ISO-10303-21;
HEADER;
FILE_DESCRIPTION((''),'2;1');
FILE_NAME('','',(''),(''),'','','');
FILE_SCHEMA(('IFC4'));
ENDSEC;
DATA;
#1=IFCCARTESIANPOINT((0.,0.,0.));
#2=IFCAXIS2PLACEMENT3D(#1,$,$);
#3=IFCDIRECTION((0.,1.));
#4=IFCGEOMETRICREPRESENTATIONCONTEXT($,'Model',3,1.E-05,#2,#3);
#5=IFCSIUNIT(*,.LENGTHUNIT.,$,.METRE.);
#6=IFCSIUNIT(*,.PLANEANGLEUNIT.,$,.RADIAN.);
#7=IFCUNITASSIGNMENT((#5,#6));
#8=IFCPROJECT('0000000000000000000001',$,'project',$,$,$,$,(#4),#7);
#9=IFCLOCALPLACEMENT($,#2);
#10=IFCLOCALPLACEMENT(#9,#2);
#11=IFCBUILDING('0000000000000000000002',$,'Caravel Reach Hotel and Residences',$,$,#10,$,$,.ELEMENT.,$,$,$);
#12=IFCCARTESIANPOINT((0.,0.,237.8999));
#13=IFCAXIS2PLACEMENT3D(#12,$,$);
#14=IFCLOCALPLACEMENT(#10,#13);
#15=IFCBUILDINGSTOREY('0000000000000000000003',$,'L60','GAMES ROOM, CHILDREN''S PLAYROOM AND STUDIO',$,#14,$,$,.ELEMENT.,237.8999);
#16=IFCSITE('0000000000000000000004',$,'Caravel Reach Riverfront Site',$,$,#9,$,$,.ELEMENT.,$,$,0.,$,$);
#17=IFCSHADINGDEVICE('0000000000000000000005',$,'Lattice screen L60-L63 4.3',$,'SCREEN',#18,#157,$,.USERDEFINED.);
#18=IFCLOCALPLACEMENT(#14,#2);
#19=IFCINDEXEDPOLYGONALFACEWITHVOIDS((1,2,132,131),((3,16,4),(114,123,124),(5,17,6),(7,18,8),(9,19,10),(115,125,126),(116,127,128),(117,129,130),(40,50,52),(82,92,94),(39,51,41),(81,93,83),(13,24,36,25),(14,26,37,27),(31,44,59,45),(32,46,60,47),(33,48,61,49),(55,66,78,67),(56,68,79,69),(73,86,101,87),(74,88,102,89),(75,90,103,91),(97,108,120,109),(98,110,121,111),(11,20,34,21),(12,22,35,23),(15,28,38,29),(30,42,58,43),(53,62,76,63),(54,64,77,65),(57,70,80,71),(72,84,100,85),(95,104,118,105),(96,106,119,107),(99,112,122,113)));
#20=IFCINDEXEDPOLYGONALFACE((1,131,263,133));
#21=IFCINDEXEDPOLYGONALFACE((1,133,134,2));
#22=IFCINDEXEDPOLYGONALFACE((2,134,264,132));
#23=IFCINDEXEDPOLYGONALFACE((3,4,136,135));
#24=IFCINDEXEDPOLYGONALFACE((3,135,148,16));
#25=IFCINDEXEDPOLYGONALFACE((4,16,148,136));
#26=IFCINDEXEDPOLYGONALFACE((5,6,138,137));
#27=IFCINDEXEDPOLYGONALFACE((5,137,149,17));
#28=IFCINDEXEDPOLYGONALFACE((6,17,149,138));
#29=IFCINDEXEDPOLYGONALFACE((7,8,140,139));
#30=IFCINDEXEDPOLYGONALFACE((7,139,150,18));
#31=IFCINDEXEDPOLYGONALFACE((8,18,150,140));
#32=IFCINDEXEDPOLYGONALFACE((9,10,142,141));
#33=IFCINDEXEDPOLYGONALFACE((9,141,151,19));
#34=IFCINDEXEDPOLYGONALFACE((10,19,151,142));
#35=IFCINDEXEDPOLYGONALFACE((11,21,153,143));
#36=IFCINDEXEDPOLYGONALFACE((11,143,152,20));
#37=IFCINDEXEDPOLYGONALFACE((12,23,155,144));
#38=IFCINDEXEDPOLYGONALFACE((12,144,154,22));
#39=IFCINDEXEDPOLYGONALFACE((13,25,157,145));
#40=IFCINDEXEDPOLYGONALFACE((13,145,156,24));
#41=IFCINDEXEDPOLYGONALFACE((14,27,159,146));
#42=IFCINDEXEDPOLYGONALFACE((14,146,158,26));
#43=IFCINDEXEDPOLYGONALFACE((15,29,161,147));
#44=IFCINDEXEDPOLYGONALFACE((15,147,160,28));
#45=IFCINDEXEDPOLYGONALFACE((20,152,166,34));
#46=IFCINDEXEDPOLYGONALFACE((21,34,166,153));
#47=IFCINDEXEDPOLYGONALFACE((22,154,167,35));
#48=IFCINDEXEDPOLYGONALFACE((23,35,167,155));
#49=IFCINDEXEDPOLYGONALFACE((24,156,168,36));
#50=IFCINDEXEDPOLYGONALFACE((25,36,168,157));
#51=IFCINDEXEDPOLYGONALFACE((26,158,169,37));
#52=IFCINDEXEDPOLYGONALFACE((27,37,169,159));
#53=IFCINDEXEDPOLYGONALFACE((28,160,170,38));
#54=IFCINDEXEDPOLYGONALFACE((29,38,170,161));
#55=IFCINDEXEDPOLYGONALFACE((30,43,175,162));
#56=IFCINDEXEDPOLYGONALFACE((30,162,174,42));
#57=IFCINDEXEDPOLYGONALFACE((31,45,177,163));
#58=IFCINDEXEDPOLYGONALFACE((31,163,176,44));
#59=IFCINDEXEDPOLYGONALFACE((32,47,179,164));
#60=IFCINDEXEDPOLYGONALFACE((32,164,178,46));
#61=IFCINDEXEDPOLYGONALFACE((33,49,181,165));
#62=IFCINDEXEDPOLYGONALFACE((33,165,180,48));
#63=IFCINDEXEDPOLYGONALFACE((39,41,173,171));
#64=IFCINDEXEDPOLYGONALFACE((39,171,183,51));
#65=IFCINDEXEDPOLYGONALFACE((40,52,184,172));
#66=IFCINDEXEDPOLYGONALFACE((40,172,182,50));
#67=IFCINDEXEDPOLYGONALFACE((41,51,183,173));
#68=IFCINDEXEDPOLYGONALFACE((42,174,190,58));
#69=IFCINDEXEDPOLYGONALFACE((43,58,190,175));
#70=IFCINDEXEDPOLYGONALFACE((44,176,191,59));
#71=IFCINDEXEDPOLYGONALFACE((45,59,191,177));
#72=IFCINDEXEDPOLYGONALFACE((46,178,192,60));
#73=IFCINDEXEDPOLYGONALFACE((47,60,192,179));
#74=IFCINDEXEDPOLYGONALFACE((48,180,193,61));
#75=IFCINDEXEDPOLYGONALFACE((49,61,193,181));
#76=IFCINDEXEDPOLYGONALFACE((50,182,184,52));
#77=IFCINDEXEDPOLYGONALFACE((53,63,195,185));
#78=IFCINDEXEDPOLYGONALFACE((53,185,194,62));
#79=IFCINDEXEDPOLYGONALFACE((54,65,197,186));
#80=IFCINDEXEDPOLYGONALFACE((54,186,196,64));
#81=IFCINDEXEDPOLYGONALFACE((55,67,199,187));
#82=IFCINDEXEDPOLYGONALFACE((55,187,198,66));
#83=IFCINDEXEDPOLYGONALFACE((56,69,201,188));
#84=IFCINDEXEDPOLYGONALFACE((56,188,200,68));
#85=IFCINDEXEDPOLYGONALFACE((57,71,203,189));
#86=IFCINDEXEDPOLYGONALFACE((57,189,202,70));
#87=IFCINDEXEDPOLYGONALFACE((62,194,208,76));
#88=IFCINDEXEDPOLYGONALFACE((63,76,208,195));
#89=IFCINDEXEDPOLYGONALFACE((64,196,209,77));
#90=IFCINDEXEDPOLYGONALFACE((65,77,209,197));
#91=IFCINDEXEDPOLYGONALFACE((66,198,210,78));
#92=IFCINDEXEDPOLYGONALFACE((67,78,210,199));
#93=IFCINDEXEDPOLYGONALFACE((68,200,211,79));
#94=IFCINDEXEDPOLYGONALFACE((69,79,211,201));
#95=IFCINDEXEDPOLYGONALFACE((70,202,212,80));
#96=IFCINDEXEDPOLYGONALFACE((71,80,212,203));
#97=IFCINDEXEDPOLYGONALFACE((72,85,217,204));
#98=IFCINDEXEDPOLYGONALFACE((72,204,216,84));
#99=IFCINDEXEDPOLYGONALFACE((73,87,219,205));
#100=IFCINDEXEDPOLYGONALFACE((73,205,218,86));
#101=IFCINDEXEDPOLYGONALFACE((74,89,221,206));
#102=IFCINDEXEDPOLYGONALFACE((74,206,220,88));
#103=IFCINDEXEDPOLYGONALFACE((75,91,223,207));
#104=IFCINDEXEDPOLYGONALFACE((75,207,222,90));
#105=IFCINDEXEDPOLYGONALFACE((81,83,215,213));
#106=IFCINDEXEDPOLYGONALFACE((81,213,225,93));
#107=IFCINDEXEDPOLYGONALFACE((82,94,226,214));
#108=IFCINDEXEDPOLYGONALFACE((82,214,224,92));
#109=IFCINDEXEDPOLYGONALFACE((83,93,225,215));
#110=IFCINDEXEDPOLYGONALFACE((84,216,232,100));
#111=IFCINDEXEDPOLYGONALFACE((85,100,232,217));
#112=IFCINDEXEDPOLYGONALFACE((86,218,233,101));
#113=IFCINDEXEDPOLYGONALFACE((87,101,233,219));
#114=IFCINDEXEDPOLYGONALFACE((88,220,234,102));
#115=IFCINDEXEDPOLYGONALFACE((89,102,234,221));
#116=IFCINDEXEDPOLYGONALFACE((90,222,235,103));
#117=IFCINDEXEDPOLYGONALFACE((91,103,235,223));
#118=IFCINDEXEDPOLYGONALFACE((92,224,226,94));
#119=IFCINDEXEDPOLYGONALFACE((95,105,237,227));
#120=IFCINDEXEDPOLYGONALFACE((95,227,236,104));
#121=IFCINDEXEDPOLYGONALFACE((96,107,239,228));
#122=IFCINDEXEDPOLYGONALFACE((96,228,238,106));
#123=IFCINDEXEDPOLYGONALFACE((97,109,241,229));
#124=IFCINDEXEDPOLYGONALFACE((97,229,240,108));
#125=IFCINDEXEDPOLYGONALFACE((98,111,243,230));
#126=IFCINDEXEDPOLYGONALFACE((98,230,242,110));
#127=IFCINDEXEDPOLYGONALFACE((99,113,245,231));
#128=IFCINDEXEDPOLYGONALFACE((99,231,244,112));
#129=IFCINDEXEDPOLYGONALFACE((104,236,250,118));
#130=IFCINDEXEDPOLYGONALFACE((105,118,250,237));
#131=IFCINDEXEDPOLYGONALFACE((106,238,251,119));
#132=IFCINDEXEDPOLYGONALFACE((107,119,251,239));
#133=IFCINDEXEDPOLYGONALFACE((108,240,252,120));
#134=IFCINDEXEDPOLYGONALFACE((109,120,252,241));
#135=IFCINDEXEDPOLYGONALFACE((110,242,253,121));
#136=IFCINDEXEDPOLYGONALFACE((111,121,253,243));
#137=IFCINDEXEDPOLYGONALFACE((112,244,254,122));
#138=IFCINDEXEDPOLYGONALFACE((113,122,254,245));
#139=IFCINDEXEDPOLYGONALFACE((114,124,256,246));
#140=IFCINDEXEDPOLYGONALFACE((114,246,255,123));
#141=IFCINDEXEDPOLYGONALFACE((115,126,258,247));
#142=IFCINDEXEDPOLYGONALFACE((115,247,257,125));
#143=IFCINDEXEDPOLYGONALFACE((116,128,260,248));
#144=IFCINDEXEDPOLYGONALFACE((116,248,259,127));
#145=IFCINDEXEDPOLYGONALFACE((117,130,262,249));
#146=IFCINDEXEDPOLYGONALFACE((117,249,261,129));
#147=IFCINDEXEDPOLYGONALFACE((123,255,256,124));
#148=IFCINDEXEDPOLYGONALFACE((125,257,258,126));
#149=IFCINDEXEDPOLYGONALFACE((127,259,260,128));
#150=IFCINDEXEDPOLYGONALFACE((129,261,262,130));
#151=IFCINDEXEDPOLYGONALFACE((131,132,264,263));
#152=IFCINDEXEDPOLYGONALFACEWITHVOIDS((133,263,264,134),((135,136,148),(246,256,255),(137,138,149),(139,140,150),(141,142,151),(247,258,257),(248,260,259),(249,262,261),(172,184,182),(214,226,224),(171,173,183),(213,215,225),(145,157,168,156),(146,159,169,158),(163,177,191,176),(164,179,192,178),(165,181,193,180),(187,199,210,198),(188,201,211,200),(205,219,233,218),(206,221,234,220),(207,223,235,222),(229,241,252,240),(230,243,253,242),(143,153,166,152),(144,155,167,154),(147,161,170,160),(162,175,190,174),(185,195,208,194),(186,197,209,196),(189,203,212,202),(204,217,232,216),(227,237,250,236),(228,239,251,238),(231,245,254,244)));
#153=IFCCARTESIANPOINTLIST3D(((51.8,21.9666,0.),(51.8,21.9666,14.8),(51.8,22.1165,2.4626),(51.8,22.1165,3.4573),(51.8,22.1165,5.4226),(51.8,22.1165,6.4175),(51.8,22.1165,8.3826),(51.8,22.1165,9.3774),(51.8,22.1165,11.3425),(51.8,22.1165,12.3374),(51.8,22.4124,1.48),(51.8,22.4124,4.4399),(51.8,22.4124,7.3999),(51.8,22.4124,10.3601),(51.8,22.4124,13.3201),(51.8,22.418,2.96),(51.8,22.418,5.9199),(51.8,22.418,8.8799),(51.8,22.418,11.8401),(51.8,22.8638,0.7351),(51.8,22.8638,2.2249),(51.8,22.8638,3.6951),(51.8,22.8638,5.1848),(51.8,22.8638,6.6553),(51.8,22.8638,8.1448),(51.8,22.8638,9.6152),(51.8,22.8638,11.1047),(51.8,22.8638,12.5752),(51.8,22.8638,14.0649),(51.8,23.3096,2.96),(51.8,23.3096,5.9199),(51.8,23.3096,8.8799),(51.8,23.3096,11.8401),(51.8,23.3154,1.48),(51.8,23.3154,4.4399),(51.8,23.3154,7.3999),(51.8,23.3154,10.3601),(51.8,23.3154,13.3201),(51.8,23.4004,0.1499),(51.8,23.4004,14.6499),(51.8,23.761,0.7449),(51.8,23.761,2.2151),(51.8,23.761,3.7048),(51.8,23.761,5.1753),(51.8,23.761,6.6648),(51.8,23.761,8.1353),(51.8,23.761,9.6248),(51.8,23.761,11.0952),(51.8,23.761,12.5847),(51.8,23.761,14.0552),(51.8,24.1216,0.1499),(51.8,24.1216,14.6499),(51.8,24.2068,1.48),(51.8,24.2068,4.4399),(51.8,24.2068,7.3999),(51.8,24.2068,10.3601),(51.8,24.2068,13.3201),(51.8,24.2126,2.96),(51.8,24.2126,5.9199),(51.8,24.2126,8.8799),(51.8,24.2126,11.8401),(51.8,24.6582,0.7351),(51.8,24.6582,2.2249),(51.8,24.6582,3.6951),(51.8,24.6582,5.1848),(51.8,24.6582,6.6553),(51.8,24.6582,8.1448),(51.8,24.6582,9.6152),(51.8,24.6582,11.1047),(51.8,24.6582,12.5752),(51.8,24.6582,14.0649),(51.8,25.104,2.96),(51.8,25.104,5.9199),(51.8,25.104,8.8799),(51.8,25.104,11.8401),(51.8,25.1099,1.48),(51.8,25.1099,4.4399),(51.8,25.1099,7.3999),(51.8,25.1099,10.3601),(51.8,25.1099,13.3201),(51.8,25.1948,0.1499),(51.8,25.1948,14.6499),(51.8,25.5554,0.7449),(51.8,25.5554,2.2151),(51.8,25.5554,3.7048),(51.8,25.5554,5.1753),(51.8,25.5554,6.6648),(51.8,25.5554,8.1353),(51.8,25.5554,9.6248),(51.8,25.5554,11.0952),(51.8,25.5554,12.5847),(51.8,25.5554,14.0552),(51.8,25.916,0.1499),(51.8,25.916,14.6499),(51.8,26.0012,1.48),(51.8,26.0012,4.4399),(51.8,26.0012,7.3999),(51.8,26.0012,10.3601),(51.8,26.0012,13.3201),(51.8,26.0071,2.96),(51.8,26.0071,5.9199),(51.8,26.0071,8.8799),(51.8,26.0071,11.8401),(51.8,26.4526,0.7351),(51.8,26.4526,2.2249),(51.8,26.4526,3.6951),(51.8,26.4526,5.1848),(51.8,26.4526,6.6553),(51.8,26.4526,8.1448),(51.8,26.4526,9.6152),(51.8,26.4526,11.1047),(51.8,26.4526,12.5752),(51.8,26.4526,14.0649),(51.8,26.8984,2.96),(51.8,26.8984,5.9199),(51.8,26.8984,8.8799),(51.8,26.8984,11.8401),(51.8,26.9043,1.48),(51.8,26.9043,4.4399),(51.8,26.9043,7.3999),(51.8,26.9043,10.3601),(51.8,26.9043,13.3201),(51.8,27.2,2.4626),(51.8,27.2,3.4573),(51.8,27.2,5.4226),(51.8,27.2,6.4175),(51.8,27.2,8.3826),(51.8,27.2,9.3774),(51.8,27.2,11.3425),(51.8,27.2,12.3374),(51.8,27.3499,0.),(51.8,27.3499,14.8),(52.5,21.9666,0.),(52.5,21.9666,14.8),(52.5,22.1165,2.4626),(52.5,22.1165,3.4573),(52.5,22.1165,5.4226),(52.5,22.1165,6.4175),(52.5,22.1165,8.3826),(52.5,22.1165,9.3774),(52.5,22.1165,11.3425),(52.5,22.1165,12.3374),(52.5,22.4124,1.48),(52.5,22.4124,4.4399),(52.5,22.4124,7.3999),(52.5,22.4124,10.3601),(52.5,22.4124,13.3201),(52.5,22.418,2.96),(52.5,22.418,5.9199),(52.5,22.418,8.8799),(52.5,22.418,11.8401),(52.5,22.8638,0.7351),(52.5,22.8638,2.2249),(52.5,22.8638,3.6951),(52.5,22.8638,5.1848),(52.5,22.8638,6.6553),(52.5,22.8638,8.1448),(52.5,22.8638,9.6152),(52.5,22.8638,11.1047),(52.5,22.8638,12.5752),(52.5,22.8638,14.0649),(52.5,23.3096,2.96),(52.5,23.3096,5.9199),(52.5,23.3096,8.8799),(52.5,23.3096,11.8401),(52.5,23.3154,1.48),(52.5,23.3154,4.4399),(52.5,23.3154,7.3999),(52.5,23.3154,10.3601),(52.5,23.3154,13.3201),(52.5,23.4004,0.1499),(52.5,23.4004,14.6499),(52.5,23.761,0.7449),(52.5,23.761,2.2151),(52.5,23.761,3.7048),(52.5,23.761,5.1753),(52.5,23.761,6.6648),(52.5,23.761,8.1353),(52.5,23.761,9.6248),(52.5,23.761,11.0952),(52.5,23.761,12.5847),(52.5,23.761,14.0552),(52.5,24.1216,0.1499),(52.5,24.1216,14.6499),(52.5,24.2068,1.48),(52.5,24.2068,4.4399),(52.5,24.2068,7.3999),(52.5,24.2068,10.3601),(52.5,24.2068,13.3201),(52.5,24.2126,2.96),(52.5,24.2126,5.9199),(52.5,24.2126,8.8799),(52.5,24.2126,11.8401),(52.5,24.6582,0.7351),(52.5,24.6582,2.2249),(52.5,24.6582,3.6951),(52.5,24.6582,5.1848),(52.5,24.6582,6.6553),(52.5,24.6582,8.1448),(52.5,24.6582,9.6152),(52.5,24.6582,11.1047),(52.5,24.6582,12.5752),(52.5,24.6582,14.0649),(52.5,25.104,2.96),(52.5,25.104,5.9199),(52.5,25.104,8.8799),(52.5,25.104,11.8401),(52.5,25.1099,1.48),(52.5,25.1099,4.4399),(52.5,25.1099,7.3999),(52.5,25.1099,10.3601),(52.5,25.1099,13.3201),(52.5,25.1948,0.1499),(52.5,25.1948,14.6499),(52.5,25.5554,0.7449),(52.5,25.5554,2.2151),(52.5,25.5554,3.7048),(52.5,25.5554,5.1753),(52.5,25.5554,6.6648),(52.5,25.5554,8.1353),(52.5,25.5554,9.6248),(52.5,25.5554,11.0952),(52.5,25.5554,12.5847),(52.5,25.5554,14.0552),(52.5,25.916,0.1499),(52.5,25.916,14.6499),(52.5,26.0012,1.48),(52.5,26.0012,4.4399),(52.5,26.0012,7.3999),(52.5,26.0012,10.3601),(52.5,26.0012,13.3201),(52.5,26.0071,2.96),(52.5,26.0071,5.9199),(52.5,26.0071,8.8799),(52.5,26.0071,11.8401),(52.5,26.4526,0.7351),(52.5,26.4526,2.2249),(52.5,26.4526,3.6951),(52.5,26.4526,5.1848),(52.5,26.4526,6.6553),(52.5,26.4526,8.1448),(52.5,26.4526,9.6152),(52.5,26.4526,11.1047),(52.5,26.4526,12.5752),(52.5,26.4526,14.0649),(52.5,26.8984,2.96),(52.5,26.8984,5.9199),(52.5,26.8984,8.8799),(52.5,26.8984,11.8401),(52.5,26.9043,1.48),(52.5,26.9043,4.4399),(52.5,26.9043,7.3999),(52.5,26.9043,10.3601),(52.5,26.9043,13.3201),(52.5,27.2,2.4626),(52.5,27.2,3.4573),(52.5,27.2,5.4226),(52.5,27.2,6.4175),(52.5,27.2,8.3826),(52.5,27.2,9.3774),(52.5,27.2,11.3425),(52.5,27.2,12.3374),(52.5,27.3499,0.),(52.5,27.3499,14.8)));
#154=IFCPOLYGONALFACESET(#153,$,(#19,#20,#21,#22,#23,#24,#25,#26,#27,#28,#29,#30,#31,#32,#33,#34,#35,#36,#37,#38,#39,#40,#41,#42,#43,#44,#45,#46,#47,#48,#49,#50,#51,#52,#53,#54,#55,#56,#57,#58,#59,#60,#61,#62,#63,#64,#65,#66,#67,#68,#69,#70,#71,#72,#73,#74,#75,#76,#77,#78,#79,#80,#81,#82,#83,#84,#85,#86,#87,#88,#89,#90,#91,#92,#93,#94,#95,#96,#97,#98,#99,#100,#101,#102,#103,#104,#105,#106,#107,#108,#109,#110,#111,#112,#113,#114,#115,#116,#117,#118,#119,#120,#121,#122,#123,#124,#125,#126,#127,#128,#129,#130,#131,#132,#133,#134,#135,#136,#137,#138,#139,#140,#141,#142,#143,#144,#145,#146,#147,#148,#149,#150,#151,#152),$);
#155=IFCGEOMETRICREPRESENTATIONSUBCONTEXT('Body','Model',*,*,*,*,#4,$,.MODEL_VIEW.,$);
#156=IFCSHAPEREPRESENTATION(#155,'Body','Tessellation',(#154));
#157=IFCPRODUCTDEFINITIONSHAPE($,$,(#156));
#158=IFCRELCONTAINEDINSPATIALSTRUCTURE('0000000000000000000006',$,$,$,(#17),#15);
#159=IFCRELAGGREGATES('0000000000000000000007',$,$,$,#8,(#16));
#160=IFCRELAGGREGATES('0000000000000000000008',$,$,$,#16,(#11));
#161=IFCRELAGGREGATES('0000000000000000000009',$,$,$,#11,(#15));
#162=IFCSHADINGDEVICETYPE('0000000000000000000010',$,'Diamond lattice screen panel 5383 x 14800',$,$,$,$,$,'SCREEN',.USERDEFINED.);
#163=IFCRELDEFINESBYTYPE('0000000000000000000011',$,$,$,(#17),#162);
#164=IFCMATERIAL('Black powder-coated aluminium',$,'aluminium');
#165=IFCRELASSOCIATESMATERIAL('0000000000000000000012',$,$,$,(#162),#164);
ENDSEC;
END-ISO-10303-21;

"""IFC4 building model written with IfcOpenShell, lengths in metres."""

from ifc_helpers import new_model, si_unit, direction, frame, origin, place, context, subcontext, project, spatial, polyline, outline, extrude, material, type_object, element, save


model = new_model("IFC4")

# Units and contexts
model_context = context("Model", 3, precision=1e-05, world=origin(), true_north=direction((0.0, 1.0)))
body_context = subcontext(model_context, "Body", "Model", "MODEL_VIEW")
ifc_project = project(units=[si_unit("LENGTHUNIT", "METRE"), si_unit("PLANEANGLEUNIT", "RADIAN")], contexts=[model_context])

# Site, building, storey
site_placement = place(None, origin())
site = spatial("IfcSite", under=ifc_project, at=site_placement, Name="Caravel Reach Riverfront Site", CompositionType="ELEMENT", RefElevation=0.0)
building_placement = place(site_placement, origin())
building = spatial("IfcBuilding", under=site, at=building_placement, Name="Caravel Reach Hotel and Residences", CompositionType="ELEMENT")
storey_placement = place(building_placement, frame((0.0, 0.0, 237.8999)))
storey = spatial("IfcBuildingStorey", under=building, at=storey_placement, Name="L60", Description="GAMES ROOM, CHILDREN'S PLAYROOM AND STUDIO", CompositionType="ELEMENT", Elevation=237.8999)

# Shading device
ifc_material_1 = material(Name="Black powder-coated aluminium", Category="aluminium")
shading_device_type = type_object("IfcShadingDeviceType", Name="Diamond lattice screen panel 5383 x 14800", ElementType="SCREEN", PredefinedType="USERDEFINED", material=ifc_material_1)
shading_device_1_placement = place(storey_placement, frame((51.8, 21.9666, 0.0), z_axis=(1.0, 0.0, 0.0), x_axis=(0.0, 1.0, 0.0)))
element("IfcShadingDevice", 1, at=shading_device_1_placement, inside=storey, type_object=shading_device_type, Name="Lattice screen L60-L63 4.3", ObjectType="SCREEN", PredefinedType="USERDEFINED", context=body_context, shape_type="SweptSolid", body=[
    extrude(outline(polyline([(0.0, 0.0), (5.3833, 0.0), (5.3833, 14.8), (0.0, 14.8), (0.0, 0.0)]), holes=[polyline([(0.4514, 2.96), (0.1499, 3.4573), (0.1499, 2.4626), (0.4514, 2.96)]), polyline([(0.4514, 5.9199), (0.1499, 6.4175), (0.1499, 5.4226), (0.4514, 5.9199)]), polyline([(0.4514, 8.8799), (0.1499, 9.3774), (0.1499, 8.3826), (0.4514, 8.8799)]), polyline([(0.4514, 11.8401), (0.1499, 12.3374), (0.1499, 11.3425), (0.4514, 11.8401)]), polyline([(0.8972, 2.2249), (0.4458, 1.48), (0.8972, 0.7351), (1.3489, 1.48), (0.8972, 2.2249)]), polyline([(0.8972, 5.1848), (0.4458, 4.4399), (0.8972, 3.6951), (1.3489, 4.4399), (0.8972, 5.1848)]), polyline([(0.8972, 8.1448), (0.4458, 7.3999), (0.8972, 6.6553), (1.3489, 7.3999), (0.8972, 8.1448)]), polyline([(0.8972, 11.1047), (0.4458, 10.3601), (0.8972, 9.6152), (1.3489, 10.3601), (0.8972, 11.1047)]), polyline([(0.8972, 14.0649), (0.4458, 13.3201), (0.8972, 12.5752), (1.3489, 13.3201), (0.8972, 14.0649)]), polyline([(1.7944, 0.7449), (1.4338, 0.1499), (2.155, 0.1499), (1.7944, 0.7449)]), polyline([(1.7944, 3.7048), (1.343, 2.96), (1.7944, 2.2151), (2.2461, 2.96), (1.7944, 3.7048)]), polyline([(1.7944, 6.6648), (1.343, 5.9199), (1.7944, 5.1753), (2.2461, 5.9199), (1.7944, 6.6648)]), polyline([(1.7944, 9.6248), (1.343, 8.8799), (1.7944, 8.1353), (2.2461, 8.8799), (1.7944, 9.6248)]), polyline([(1.7944, 12.5847), (1.343, 11.8401), (1.7944, 11.0952), (2.2461, 11.8401), (1.7944, 12.5847)]), polyline([(1.7944, 14.0552), (2.155, 14.6499), (1.4338, 14.6499), (1.7944, 14.0552)]), polyline([(2.6917, 2.2249), (2.2402, 1.48), (2.6917, 0.7351), (3.1433, 1.48), (2.6917, 2.2249)]), polyline([(2.6917, 5.1848), (2.2402, 4.4399), (2.6917, 3.6951), (3.1433, 4.4399), (2.6917, 5.1848)]), polyline([(2.6917, 8.1448), (2.2402, 7.3999), (2.6917, 6.6553), (3.1433, 7.3999), (2.6917, 8.1448)]), polyline([(2.6917, 11.1047), (2.2402, 10.3601), (2.6917, 9.6152), (3.1433, 10.3601), (2.6917, 11.1047)]), polyline([(2.6917, 14.0649), (2.2402, 13.3201), (2.6917, 12.5752), (3.1433, 13.3201), (2.6917, 14.0649)]), polyline([(3.5889, 0.7449), (3.2283, 0.1499), (3.9495, 0.1499), (3.5889, 0.7449)]), polyline([(3.5889, 3.7048), (3.1375, 2.96), (3.5889, 2.2151), (4.0405, 2.96), (3.5889, 3.7048)]), polyline([(3.5889, 6.6648), (3.1375, 5.9199), (3.5889, 5.1753), (4.0405, 5.9199), (3.5889, 6.6648)]), polyline([(3.5889, 9.6248), (3.1375, 8.8799), (3.5889, 8.1353), (4.0405, 8.8799), (3.5889, 9.6248)]), polyline([(3.5889, 12.5847), (3.1375, 11.8401), (3.5889, 11.0952), (4.0405, 11.8401), (3.5889, 12.5847)]), polyline([(3.5889, 14.0552), (3.9495, 14.6499), (3.2283, 14.6499), (3.5889, 14.0552)]), polyline([(4.4861, 2.2249), (4.0347, 1.48), (4.4861, 0.7351), (4.9377, 1.48), (4.4861, 2.2249)]), polyline([(4.4861, 5.1848), (4.0347, 4.4399), (4.4861, 3.6951), (4.9377, 4.4399), (4.4861, 5.1848)]), polyline([(4.4861, 8.1448), (4.0347, 7.3999), (4.4861, 6.6553), (4.9377, 7.3999), (4.4861, 8.1448)]), polyline([(4.4861, 11.1047), (4.0347, 10.3601), (4.4861, 9.6152), (4.9377, 10.3601), (4.4861, 11.1047)]), polyline([(4.4861, 14.0649), (4.0347, 13.3201), (4.4861, 12.5752), (4.9377, 13.3201), (4.4861, 14.0649)]), polyline([(4.9319, 2.96), (5.2334, 2.4626), (5.2334, 3.4573), (4.9319, 2.96)]), polyline([(4.9319, 5.9199), (5.2334, 5.4226), (5.2334, 6.4175), (4.9319, 5.9199)]), polyline([(4.9319, 8.8799), (5.2334, 8.3826), (5.2334, 9.3774), (4.9319, 8.8799)]), polyline([(4.9319, 11.8401), (5.2334, 11.3425), (5.2334, 12.3374), (4.9319, 11.8401)])]), origin(), (0.0, 0.0, 1.0), 0.7),
])

save(model, "model.ifc")
